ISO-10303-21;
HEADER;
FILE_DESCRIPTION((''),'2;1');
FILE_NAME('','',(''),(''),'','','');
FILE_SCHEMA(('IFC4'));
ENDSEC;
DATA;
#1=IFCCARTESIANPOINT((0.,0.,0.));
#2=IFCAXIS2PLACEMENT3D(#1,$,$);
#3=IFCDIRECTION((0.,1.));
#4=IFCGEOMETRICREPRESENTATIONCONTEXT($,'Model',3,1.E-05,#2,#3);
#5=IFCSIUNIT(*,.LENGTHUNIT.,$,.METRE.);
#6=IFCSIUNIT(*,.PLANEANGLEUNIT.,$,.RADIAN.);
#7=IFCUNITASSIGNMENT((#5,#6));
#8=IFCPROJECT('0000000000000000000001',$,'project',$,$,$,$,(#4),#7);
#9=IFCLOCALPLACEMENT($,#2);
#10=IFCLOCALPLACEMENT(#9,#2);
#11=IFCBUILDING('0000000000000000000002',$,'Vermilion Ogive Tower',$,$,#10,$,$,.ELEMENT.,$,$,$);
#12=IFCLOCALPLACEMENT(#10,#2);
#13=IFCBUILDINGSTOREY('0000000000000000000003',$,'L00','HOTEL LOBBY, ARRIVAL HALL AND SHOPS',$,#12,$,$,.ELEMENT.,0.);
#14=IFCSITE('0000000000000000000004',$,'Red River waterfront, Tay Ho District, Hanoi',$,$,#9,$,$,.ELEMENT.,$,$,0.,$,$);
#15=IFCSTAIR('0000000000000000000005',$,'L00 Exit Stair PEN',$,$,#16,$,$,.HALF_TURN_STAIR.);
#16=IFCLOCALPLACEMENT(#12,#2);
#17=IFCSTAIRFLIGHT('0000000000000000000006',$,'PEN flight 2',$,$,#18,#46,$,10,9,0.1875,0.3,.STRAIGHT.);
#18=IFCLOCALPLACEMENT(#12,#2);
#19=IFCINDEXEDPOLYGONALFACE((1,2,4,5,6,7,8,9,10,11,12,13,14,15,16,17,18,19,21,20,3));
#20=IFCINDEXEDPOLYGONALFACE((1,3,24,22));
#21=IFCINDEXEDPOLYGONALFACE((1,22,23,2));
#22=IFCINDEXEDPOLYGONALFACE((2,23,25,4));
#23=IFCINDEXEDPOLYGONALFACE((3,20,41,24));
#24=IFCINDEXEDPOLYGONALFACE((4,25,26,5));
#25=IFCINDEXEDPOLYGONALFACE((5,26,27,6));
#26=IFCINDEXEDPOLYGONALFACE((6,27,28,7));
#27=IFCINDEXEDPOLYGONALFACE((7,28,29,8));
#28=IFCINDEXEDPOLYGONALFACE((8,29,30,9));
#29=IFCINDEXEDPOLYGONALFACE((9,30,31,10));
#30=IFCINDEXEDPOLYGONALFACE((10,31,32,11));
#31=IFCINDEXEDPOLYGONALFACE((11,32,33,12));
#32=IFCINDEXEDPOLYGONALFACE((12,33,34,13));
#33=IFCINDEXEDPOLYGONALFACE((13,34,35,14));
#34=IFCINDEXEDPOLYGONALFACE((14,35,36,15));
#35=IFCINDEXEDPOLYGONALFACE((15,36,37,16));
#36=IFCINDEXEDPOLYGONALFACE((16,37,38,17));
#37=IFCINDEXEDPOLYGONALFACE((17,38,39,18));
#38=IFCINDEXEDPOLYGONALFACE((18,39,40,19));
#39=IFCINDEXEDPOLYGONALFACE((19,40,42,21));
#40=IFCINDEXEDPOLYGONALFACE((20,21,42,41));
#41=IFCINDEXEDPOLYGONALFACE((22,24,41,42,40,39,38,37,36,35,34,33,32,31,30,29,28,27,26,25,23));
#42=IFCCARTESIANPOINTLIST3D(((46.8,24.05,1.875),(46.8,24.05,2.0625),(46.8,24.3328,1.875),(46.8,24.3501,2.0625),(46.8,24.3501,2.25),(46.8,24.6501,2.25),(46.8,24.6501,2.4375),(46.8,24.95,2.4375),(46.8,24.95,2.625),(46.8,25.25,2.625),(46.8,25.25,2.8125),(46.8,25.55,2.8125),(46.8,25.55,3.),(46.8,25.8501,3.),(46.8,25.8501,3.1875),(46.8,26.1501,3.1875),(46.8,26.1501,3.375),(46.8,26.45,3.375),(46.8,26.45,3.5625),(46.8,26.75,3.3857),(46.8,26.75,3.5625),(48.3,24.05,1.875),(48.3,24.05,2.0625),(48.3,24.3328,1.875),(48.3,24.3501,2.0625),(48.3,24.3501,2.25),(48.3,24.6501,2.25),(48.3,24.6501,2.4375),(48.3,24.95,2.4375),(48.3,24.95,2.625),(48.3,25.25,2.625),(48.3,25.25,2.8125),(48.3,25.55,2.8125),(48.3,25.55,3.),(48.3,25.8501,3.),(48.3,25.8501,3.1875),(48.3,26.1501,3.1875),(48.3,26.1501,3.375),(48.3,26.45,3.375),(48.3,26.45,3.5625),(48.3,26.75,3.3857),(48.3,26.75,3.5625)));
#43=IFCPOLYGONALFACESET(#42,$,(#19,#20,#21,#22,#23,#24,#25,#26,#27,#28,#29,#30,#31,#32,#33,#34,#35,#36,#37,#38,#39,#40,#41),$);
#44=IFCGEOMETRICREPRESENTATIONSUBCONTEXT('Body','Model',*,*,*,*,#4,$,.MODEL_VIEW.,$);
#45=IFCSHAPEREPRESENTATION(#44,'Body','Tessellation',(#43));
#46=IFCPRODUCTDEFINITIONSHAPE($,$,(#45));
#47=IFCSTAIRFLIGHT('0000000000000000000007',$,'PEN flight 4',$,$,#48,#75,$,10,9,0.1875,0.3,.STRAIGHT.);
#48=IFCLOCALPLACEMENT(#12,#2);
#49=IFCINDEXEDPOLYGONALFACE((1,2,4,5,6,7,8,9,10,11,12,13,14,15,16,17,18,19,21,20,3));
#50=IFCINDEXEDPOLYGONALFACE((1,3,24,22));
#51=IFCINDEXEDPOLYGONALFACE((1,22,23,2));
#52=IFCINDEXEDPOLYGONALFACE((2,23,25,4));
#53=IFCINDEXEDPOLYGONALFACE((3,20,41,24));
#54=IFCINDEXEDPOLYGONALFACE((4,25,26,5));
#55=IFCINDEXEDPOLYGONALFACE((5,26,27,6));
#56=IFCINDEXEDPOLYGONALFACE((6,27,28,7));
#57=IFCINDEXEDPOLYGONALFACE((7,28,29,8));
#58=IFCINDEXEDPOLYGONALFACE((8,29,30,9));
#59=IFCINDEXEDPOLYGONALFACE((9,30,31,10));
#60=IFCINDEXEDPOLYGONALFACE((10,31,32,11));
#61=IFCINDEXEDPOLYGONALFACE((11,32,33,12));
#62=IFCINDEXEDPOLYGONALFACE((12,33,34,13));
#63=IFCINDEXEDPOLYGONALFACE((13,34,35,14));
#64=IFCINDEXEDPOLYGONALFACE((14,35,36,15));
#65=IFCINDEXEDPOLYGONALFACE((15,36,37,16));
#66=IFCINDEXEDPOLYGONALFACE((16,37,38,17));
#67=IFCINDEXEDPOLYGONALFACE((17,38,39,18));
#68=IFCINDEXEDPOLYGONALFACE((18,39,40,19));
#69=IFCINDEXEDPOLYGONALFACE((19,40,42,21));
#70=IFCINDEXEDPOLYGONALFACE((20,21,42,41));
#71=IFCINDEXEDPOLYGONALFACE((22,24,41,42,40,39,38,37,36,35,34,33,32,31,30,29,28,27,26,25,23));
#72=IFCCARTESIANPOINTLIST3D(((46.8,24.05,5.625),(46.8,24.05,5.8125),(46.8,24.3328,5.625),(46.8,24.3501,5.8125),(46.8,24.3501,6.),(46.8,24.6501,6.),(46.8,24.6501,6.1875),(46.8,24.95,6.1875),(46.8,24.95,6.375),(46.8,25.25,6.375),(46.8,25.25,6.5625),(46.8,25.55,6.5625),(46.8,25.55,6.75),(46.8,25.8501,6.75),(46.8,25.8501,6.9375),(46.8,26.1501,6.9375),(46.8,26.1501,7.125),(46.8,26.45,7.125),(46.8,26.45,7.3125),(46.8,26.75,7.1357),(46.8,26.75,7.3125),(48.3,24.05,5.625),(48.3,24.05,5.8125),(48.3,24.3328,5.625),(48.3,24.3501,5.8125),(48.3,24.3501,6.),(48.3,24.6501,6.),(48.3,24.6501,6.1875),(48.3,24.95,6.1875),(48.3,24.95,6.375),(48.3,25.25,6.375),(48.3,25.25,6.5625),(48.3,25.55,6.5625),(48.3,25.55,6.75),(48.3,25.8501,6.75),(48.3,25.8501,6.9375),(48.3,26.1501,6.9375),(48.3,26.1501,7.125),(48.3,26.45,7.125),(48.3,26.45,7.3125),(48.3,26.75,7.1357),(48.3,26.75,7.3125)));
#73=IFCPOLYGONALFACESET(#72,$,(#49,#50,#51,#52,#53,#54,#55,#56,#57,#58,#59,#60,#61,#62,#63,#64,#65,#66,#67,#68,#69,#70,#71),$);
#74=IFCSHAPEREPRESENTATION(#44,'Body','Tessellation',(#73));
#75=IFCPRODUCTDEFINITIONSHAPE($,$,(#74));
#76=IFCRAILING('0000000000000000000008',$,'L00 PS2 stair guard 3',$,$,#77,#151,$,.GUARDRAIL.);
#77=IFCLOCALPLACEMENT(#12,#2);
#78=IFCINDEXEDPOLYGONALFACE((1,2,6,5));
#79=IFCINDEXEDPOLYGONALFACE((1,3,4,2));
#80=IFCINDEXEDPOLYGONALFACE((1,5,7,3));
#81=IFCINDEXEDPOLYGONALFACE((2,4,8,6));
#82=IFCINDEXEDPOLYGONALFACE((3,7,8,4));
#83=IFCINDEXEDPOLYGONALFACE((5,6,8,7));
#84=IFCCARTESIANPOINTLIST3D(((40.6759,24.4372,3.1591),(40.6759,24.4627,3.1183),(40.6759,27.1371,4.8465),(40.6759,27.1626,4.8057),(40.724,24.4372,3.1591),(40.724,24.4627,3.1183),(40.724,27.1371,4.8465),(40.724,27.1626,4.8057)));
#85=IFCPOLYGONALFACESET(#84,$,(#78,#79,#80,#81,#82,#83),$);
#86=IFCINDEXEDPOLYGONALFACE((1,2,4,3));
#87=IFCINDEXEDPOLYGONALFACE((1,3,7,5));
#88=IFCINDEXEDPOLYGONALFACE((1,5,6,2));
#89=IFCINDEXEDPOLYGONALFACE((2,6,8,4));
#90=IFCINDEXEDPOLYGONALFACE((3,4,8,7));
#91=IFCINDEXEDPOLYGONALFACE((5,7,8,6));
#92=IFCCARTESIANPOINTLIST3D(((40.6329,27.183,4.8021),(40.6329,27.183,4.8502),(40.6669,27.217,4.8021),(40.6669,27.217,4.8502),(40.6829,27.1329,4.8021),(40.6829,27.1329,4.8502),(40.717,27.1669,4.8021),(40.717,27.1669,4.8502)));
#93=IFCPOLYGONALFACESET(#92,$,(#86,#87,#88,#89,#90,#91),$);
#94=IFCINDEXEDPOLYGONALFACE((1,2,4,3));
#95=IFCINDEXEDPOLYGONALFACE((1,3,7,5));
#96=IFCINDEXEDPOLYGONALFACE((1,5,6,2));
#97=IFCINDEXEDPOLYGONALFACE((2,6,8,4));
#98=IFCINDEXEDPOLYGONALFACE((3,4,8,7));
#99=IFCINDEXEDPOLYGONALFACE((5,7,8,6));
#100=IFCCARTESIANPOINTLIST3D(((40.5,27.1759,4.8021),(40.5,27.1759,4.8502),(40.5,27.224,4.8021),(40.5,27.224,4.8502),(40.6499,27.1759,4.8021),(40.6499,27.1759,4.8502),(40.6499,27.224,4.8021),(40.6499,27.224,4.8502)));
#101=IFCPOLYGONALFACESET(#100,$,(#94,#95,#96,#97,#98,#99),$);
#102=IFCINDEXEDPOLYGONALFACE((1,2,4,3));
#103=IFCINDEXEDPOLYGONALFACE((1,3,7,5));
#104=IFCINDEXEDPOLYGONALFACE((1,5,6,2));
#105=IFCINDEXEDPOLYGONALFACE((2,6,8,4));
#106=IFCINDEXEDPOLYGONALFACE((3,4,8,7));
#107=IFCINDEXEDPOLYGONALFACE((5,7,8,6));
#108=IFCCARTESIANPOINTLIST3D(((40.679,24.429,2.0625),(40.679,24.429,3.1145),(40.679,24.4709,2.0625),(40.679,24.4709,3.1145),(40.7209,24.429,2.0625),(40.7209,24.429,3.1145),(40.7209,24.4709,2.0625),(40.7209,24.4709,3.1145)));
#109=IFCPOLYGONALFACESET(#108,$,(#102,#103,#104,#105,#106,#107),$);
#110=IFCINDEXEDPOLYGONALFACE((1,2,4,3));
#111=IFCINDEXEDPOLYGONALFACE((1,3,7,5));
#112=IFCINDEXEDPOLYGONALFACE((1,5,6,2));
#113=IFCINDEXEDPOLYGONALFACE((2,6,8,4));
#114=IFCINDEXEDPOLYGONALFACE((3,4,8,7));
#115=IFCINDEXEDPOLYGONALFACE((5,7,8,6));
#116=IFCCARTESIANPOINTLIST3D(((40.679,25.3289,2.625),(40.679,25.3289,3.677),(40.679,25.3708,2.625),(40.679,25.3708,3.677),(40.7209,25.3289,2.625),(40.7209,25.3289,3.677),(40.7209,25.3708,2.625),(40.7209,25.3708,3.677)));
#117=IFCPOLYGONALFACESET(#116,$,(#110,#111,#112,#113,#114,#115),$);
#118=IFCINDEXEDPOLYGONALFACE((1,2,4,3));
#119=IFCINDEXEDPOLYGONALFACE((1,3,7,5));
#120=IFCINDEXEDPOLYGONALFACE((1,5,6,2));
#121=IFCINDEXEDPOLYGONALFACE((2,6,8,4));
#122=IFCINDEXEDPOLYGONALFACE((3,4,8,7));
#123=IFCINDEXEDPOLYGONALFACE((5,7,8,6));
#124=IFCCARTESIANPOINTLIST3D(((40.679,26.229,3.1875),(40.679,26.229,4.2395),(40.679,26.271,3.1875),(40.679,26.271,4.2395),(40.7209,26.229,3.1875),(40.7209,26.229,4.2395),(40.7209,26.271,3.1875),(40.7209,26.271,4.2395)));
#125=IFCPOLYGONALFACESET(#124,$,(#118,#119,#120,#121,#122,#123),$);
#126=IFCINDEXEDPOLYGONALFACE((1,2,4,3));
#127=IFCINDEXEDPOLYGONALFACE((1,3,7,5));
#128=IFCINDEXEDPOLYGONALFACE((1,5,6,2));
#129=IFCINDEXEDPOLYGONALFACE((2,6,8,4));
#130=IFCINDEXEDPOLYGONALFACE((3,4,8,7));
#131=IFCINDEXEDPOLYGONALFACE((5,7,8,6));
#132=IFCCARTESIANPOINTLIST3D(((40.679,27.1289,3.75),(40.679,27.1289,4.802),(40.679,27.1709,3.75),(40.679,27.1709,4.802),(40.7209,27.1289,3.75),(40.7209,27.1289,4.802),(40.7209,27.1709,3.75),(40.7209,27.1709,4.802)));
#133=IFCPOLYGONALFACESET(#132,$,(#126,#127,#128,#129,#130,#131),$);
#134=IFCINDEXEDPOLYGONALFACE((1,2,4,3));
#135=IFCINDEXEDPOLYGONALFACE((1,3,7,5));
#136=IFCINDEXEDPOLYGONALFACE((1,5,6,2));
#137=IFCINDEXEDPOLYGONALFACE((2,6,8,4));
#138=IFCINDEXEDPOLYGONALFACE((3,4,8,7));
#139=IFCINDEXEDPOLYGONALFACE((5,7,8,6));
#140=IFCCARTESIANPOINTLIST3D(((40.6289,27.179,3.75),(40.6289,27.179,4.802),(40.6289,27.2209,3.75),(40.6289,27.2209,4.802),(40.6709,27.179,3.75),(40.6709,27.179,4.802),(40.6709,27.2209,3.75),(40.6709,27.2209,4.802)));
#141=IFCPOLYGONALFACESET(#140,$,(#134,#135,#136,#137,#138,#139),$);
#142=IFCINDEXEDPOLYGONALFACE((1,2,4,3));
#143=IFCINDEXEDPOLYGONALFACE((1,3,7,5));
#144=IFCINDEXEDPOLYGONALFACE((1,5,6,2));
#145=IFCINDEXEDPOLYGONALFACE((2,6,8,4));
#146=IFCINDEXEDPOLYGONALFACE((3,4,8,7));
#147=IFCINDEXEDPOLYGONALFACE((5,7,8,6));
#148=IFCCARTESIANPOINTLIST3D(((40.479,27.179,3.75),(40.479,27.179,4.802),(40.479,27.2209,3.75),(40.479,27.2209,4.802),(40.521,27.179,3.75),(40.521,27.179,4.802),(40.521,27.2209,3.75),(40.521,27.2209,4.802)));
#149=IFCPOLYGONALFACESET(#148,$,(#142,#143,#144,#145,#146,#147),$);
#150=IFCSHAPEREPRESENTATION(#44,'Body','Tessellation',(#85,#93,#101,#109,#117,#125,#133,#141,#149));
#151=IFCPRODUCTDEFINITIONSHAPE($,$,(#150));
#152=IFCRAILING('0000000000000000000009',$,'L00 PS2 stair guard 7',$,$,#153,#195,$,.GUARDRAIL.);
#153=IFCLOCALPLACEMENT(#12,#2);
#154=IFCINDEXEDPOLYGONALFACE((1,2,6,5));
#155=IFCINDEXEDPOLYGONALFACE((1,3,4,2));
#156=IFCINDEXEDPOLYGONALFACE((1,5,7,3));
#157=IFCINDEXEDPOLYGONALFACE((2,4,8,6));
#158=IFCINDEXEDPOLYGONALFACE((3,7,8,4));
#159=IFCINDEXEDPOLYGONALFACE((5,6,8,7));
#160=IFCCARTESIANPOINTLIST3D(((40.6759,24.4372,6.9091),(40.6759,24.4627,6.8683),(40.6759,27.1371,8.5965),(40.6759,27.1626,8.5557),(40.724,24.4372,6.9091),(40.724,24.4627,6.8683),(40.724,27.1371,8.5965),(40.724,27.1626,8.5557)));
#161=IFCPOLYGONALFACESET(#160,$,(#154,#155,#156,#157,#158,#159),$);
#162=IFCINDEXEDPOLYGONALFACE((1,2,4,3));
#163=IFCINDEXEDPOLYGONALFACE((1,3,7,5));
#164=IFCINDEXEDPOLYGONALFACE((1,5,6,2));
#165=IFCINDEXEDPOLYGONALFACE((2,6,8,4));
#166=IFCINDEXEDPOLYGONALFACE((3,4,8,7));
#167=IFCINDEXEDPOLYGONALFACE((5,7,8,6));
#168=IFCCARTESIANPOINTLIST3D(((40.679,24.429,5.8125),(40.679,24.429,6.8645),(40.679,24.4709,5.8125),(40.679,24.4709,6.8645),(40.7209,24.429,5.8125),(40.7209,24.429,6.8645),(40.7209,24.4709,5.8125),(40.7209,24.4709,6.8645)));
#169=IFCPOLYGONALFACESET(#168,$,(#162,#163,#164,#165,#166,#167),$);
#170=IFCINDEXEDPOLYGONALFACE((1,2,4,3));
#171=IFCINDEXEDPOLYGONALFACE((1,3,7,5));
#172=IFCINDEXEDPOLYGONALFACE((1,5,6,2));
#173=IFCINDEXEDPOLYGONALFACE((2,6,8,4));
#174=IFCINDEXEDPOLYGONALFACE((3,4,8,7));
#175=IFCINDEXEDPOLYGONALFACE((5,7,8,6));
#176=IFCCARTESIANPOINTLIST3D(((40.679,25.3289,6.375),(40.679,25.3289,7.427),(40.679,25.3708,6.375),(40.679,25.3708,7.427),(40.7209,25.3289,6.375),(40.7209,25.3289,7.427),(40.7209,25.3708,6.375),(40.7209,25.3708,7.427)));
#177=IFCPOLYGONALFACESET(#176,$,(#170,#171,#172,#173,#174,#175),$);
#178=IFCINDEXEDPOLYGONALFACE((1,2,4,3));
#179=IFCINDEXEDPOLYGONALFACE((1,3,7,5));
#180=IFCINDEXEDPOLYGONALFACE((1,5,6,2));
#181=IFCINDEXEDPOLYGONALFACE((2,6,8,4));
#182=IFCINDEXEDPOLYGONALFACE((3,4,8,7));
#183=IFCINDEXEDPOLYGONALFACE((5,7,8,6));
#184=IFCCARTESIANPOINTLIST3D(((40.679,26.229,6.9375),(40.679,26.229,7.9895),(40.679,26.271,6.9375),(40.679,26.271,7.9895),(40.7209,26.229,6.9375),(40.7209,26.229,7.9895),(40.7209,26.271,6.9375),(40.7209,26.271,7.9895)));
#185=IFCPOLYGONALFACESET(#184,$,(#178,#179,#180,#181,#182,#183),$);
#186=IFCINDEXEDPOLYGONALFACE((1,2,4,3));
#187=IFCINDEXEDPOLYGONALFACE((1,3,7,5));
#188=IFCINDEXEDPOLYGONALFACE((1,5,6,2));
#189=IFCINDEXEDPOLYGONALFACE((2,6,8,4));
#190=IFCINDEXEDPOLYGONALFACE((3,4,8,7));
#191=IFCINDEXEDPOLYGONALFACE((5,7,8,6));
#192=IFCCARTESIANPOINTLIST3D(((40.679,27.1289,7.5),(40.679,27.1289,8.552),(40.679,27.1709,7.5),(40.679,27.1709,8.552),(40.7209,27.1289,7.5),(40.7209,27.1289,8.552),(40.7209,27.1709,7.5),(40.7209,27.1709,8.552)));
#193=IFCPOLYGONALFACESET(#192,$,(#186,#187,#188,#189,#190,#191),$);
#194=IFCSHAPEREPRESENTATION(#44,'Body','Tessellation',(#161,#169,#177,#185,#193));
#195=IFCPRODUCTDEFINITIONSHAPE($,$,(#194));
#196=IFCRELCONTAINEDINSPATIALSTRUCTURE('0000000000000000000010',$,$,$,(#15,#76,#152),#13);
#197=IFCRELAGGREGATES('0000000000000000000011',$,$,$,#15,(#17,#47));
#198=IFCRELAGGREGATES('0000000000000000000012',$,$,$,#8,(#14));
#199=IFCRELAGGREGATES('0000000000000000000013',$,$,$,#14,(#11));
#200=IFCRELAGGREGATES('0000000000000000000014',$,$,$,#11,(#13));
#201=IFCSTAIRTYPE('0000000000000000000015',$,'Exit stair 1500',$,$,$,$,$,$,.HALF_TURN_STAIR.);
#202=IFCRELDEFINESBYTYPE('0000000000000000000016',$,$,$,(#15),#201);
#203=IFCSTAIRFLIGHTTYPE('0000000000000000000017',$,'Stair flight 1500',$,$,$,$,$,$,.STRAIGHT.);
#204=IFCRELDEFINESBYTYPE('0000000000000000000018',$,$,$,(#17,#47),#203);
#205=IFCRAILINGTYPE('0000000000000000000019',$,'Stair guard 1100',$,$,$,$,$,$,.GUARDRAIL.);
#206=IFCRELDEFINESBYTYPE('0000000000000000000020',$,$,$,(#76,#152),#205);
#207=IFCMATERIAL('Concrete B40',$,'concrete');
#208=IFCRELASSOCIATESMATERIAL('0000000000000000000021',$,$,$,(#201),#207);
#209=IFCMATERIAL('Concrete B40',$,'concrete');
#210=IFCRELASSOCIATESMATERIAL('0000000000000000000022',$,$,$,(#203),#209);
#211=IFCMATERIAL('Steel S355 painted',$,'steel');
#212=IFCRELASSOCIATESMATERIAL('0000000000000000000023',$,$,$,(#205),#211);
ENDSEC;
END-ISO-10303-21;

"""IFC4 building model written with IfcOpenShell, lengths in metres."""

from ifc_helpers import new_model, si_unit, direction, frame, origin, origin_2d, place, context, subcontext, project, spatial, polyline, rectangle, outline, extrude, material, type_object, element, aggregate, save


model = new_model("IFC4")

# Units and contexts
model_context = context("Model", 3, precision=1e-05, world=origin(), true_north=direction((0.0, 1.0)))
body_context = subcontext(model_context, "Body", "Model", "MODEL_VIEW")
ifc_project = project(units=[si_unit("LENGTHUNIT", "METRE"), si_unit("PLANEANGLEUNIT", "RADIAN")], contexts=[model_context])

# Site, building, storey
site_placement = place(None, origin())
site = spatial("IfcSite", under=ifc_project, at=site_placement, Name="Red River waterfront, Tay Ho District, Hanoi", CompositionType="ELEMENT", RefElevation=0.0)
building_placement = place(site_placement, origin())
building = spatial("IfcBuilding", under=site, at=building_placement, Name="Vermilion Ogive Tower", CompositionType="ELEMENT")
storey_placement = place(building_placement, origin())
storey = spatial("IfcBuildingStorey", under=building, at=storey_placement, Name="L00", Description="HOTEL LOBBY, ARRIVAL HALL AND SHOPS", CompositionType="ELEMENT", Elevation=0.0)

# Stair, stair flights
ifc_material_1 = material(Name="Concrete B40", Category="concrete")
stair_type = type_object("IfcStairType", Name="Exit stair 1500", PredefinedType="HALF_TURN_STAIR", material=ifc_material_1)
stair_placement = place(storey_placement, origin())
stair = element("IfcStair", 1, at=stair_placement, inside=storey, type_object=stair_type, Name="L00 Exit Stair PEN", PredefinedType="HALF_TURN_STAIR")
ifc_material_2 = material(Name="Concrete B40", Category="concrete")
stair_flight_type = type_object("IfcStairFlightType", Name="Stair flight 1500", PredefinedType="STRAIGHT", material=ifc_material_2)
stair_flight_1_placement = place(storey_placement, frame((47.55, 24.05, 1.875), z_axis=(0.0, 0.0, 1.0), x_axis=(0.0, 1.0, 0.0)))
stair_flight_1 = element("IfcStairFlight", 2, at=stair_flight_1_placement, type_object=stair_flight_type, Name="PEN flight 2", NumberOfRisers=10, NumberOfTreads=9, PredefinedType="STRAIGHT", RiserHeight=0.1875, TreadLength=0.3, context=body_context, shape_type="SweptSolid", body=[
    extrude(outline(polyline([(0.0, 0.0), (0.0, 0.1875), (0.3, 0.1875), (0.3, 0.375), (0.6001, 0.375), (0.6001, 0.5625), (0.8999, 0.5625), (0.8999, 0.75), (1.2, 0.75), (1.2, 0.9375), (1.5, 0.9375), (1.5, 1.125), (1.8, 1.125), (1.8, 1.3125), (2.1001, 1.3125), (2.1001, 1.5), (2.3999, 1.5), (2.3999, 1.6875), (2.7, 1.6875), (2.7, 1.875), (2.7, 1.5107), (0.2827, 0.0), (0.0, 0.0)])), frame((0.0, 0.75, 0.0), z_axis=(0.0, -1.0, 0.0), x_axis=(1.0, 0.0, 0.0)), (0.0, 0.0, 1.0), 1.5),
])
stair_flight_2_placement = place(storey_placement, frame((47.55, 24.05, 5.625), z_axis=(0.0, 0.0, 1.0), x_axis=(0.0, 1.0, 0.0)))
stair_flight_2 = element("IfcStairFlight", 3, at=stair_flight_2_placement, type_object=stair_flight_type, Name="PEN flight 4", NumberOfRisers=10, NumberOfTreads=9, PredefinedType="STRAIGHT", RiserHeight=0.1875, TreadLength=0.3, context=body_context, shape_type="SweptSolid", body=[
    extrude(outline(polyline([(0.0, 0.0), (0.0, 0.1875), (0.3, 0.1875), (0.3, 0.375), (0.6001, 0.375), (0.6001, 0.5625), (0.8999, 0.5625), (0.8999, 0.75), (1.2, 0.75), (1.2, 0.9375), (1.5, 0.9375), (1.5, 1.125), (1.8, 1.125), (1.8, 1.3125), (2.1001, 1.3125), (2.1001, 1.5), (2.3999, 1.5), (2.3999, 1.6875), (2.7, 1.6875), (2.7, 1.875), (2.7, 1.5107), (0.2827, 0.0), (0.0, 0.0)])), frame((0.0, 0.75, 0.0), z_axis=(0.0, -1.0, 0.0), x_axis=(1.0, 0.0, 0.0)), (0.0, 0.0, 1.0), 1.5),
])
aggregate(stair, [stair_flight_1, stair_flight_2])

# Railings
ifc_material_3 = material(Name="Steel S355 painted", Category="steel")
railing_type_1 = type_object("IfcRailingType", Name="Stair guard 1100", PredefinedType="GUARDRAIL", material=ifc_material_3)
railing_1_placement = place(storey_placement, frame((40.7, 24.45, 2.0625)))
element("IfcRailing", 4, at=railing_1_placement, inside=storey, type_object=railing_type_1, Name="L00 PS2 stair guard 3", PredefinedType="GUARDRAIL", context=body_context, shape_type="SweptSolid", body=[
    extrude(rectangle(XDim=0.0481, YDim=0.0481, at=origin_2d()), frame((0.0, 0.0, 1.0762), z_axis=(0.0, 0.847994, 0.530006), x_axis=(-1.0, 0.0, 0.0)), (0.0, 0.0, 1.0), 3.1838),
    extrude(rectangle(XDim=0.0481, YDim=0.0481, at=origin_2d()), frame((0.0, 2.7, 2.7637), z_axis=(-0.707107, 0.707107, 0.0), x_axis=(-0.707107, -0.707107, 0.0)), (0.0, 0.0, 1.0), 0.0708),
    extrude(rectangle(XDim=0.0481, YDim=0.0481, at=origin_2d()), frame((-0.05, 2.75, 2.7637), z_axis=(-1.0, 0.0, 0.0), x_axis=(0.0, -1.0, 0.0)), (0.0, 0.0, 1.0), 0.1499),
    extrude(rectangle(XDim=0.042, YDim=0.042, at=origin_2d()), origin(), (0.0, 0.0, 1.0), 1.052),
    extrude(rectangle(XDim=0.042, YDim=0.042, at=origin_2d()), frame((0.0, 0.8999, 0.5625)), (0.0, 0.0, 1.0), 1.052),
    extrude(rectangle(XDim=0.042, YDim=0.042, at=origin_2d()), frame((0.0, 1.8, 1.125)), (0.0, 0.0, 1.0), 1.052),
    extrude(rectangle(XDim=0.042, YDim=0.042, at=origin_2d()), frame((0.0, 2.7, 1.6875)), (0.0, 0.0, 1.0), 1.052),
    extrude(rectangle(XDim=0.042, YDim=0.042, at=origin_2d()), frame((-0.05, 2.75, 1.6875)), (0.0, 0.0, 1.0), 1.052),
    extrude(rectangle(XDim=0.042, YDim=0.042, at=origin_2d()), frame((-0.2, 2.75, 1.6875)), (0.0, 0.0, 1.0), 1.052),
])
railing_2_placement = place(storey_placement, frame((40.7, 24.45, 5.8125)))
element("IfcRailing", 5, at=railing_2_placement, inside=storey, type_object=railing_type_1, Name="L00 PS2 stair guard 7", PredefinedType="GUARDRAIL", context=body_context, shape_type="SweptSolid", body=[
    extrude(rectangle(XDim=0.0481, YDim=0.0481, at=origin_2d()), frame((0.0, 0.0, 1.0762), z_axis=(0.0, 0.847994, 0.530006), x_axis=(-1.0, 0.0, 0.0)), (0.0, 0.0, 1.0), 3.1838),
    extrude(rectangle(XDim=0.042, YDim=0.042, at=origin_2d()), origin(), (0.0, 0.0, 1.0), 1.052),
    extrude(rectangle(XDim=0.042, YDim=0.042, at=origin_2d()), frame((0.0, 0.8999, 0.5625)), (0.0, 0.0, 1.0), 1.052),
    extrude(rectangle(XDim=0.042, YDim=0.042, at=origin_2d()), frame((0.0, 1.8, 1.125)), (0.0, 0.0, 1.0), 1.052),
    extrude(rectangle(XDim=0.042, YDim=0.042, at=origin_2d()), frame((0.0, 2.7, 1.6875)), (0.0, 0.0, 1.0), 1.052),
])

save(model, "model.ifc")
